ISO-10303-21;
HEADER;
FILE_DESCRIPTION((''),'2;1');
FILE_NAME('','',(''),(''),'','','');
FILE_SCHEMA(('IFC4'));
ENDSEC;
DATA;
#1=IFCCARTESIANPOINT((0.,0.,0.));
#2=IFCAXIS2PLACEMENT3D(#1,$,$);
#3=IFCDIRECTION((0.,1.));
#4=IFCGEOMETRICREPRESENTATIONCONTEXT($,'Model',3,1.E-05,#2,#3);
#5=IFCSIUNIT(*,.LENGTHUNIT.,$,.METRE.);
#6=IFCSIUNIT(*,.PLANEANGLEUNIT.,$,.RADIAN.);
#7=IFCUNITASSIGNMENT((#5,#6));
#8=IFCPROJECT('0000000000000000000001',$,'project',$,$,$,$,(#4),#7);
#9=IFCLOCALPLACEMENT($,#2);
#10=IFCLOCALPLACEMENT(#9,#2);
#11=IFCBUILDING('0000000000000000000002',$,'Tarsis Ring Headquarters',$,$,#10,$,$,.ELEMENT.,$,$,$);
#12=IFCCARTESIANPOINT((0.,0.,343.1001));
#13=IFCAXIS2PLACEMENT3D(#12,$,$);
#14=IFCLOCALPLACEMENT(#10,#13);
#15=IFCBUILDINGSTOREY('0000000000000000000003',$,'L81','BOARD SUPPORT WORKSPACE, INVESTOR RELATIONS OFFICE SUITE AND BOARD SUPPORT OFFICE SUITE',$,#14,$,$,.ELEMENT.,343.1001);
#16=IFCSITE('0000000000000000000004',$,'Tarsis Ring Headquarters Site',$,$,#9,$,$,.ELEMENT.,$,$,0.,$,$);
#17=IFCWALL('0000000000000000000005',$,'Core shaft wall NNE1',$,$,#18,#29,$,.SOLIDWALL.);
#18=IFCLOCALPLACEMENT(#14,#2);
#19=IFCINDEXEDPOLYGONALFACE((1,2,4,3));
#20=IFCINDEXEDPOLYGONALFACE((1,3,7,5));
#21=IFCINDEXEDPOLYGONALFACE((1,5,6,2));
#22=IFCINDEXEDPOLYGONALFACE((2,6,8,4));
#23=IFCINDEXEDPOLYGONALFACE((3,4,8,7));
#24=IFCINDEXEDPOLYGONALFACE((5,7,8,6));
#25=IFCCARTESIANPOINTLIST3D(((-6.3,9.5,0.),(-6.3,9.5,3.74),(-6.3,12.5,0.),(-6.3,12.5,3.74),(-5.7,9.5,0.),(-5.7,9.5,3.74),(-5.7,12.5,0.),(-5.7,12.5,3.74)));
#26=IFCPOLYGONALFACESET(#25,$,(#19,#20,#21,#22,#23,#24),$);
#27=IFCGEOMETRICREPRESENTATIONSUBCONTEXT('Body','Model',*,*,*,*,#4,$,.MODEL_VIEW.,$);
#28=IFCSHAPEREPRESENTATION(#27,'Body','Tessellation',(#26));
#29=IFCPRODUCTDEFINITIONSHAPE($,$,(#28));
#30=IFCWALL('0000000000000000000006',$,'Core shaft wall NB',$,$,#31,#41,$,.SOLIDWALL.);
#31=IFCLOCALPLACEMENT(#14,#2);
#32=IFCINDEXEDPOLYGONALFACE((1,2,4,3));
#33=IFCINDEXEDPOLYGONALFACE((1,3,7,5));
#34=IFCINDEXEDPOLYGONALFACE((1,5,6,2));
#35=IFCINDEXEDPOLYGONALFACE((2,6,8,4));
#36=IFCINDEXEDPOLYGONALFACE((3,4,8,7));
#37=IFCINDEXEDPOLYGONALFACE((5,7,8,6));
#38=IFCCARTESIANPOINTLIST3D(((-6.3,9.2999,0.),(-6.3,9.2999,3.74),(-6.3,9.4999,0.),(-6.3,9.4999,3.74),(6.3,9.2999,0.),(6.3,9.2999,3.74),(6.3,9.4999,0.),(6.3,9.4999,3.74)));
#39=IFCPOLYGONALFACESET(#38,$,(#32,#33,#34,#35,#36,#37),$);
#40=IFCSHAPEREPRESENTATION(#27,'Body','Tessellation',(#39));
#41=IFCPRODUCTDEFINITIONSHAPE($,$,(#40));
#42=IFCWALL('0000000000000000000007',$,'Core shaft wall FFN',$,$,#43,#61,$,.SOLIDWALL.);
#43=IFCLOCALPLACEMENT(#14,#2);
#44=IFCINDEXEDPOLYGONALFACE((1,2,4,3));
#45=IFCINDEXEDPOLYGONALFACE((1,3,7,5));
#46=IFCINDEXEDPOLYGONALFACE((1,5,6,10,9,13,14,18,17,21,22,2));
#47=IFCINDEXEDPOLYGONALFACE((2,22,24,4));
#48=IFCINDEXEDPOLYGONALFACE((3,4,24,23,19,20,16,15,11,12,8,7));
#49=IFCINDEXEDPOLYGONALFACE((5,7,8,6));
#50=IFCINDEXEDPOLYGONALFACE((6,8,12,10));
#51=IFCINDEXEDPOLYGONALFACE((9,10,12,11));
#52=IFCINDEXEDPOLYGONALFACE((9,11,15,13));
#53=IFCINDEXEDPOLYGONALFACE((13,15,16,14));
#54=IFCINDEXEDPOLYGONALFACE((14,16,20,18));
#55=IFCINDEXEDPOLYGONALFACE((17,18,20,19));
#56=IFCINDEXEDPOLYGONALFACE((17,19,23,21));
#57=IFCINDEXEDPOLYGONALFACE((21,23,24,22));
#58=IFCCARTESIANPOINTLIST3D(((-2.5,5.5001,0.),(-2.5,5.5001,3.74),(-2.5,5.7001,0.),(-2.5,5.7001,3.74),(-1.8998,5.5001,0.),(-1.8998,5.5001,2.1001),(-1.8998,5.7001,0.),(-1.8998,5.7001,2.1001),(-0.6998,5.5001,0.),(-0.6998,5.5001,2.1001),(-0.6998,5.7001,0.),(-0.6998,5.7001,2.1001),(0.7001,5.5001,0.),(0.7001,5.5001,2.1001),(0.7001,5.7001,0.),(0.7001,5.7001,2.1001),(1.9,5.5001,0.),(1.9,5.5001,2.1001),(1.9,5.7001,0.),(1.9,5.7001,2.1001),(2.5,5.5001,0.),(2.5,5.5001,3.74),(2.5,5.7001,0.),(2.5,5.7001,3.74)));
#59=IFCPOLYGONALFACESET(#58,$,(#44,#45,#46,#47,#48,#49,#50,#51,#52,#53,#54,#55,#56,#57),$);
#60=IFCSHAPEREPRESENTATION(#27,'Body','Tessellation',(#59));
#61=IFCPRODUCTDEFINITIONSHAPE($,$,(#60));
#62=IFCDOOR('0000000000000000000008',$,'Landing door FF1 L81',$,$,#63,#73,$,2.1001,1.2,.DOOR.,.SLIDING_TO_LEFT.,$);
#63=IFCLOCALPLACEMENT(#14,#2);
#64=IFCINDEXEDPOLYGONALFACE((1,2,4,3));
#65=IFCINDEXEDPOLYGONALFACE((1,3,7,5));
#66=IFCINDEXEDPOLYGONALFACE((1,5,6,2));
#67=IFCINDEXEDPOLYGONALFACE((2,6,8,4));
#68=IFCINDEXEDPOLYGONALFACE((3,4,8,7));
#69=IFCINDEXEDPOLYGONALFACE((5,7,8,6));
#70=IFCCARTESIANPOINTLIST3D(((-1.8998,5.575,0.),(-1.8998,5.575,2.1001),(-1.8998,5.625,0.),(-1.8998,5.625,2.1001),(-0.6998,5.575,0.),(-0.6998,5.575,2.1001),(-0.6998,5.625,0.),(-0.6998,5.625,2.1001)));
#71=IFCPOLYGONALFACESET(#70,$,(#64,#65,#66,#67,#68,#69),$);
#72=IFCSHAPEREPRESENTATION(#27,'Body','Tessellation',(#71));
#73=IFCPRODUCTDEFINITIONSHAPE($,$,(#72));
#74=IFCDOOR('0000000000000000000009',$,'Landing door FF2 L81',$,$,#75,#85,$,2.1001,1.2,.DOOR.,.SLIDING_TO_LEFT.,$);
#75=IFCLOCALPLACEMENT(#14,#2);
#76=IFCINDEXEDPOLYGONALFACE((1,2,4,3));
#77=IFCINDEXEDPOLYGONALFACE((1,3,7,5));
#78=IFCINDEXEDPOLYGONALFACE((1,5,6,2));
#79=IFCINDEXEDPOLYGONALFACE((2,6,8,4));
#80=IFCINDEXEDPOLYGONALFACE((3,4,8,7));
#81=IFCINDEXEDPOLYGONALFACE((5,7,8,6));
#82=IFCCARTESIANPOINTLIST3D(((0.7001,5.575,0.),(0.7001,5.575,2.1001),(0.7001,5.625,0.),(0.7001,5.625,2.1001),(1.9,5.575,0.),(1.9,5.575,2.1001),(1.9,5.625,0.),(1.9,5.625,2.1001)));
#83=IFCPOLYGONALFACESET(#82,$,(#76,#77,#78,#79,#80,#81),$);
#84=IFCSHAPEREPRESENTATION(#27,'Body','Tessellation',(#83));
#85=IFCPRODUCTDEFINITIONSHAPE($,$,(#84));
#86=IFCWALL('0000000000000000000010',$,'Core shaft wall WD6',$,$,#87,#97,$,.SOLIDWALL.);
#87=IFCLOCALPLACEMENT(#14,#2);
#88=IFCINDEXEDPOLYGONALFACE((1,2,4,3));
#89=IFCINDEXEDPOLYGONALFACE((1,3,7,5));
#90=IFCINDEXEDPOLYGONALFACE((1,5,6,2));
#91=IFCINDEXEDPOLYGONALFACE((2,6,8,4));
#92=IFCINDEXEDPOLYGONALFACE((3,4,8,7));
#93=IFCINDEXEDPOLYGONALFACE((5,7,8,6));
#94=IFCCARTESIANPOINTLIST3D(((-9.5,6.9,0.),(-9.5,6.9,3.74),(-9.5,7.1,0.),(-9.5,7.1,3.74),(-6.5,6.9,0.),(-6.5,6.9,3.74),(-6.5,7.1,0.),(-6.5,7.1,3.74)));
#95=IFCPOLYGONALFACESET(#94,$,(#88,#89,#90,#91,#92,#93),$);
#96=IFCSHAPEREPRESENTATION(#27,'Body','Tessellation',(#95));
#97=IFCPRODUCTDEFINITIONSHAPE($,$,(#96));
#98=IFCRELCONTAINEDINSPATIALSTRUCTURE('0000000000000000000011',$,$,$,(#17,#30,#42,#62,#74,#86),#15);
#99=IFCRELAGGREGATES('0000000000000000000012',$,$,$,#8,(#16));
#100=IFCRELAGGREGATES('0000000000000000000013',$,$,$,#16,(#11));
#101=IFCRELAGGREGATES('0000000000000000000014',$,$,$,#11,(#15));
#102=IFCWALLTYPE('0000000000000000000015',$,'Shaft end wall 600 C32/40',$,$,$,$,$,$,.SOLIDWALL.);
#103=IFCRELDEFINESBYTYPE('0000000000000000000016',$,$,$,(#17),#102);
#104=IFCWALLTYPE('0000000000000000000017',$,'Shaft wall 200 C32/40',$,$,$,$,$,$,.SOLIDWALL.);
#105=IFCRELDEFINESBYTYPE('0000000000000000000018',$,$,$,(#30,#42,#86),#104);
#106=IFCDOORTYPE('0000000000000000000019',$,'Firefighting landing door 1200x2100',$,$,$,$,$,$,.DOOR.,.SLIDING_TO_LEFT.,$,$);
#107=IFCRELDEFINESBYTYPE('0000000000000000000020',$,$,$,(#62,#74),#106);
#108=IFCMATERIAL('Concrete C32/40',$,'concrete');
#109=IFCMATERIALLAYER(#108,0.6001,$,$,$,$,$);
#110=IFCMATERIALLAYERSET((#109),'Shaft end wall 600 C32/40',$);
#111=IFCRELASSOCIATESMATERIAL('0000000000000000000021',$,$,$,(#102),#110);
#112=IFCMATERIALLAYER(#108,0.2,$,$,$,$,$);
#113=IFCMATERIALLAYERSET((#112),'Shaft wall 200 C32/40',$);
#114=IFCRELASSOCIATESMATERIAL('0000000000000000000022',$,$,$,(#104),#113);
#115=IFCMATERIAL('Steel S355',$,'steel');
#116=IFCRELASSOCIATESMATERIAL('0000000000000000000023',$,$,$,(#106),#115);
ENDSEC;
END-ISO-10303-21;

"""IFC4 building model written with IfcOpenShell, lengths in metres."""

from ifc_helpers import new_model, si_unit, direction, frame, frame_2d, origin, place, context, subcontext, project, spatial, rectangle, extrude, material, layer, layer_set, type_object, element, fill, save


model = new_model("IFC4")

# Units and contexts
model_context = context("Model", 3, precision=1e-05, world=origin(), true_north=direction((0.0, 1.0)))
body_context = subcontext(model_context, "Body", "Model", "MODEL_VIEW")
ifc_project = project(units=[si_unit("LENGTHUNIT", "METRE"), si_unit("PLANEANGLEUNIT", "RADIAN")], contexts=[model_context])

# Site, building, storey
site_placement = place(None, origin())
site = spatial("IfcSite", under=ifc_project, at=site_placement, Name="Tarsis Ring Headquarters Site", CompositionType="ELEMENT", RefElevation=0.0)
building_placement = place(site_placement, origin())
building = spatial("IfcBuilding", under=site, at=building_placement, Name="Tarsis Ring Headquarters", CompositionType="ELEMENT")
storey_placement = place(building_placement, frame((0.0, 0.0, 343.1001)))
storey = spatial("IfcBuildingStorey", under=building, at=storey_placement, Name="L81", Description="BOARD SUPPORT WORKSPACE, INVESTOR RELATIONS OFFICE SUITE AND BOARD SUPPORT OFFICE SUITE", CompositionType="ELEMENT", Elevation=343.1001)

# Shared definitions
ifc_material_1 = material(Name="Steel S355", Category="steel")

# Walls
ifc_material_2 = material(Name="Concrete C32/40", Category="concrete")
ifc_layer_1 = layer(ifc_material_2, 0.6001)
ifc_layer_set_1 = layer_set([ifc_layer_1], Name="Shaft end wall 600 C32/40")
wall_type_1 = type_object("IfcWallType", Name="Shaft end wall 600 C32/40", PredefinedType="SOLIDWALL", material=ifc_layer_set_1)
wall_1_placement = place(storey_placement, frame((-6.0, 9.5, 0.0), z_axis=(0.0, 0.0, 1.0), x_axis=(0.0, 1.0, 0.0)))
element("IfcWall", 1, at=wall_1_placement, inside=storey, type_object=wall_type_1, Name="Core shaft wall NNE1", PredefinedType="SOLIDWALL", context=body_context, shape_type="SweptSolid", body=[
    extrude(rectangle(XDim=3.0, YDim=0.6001, at=frame_2d((1.5, 0.0))), origin(), (0.0, 0.0, 1.0), 3.74),
])
ifc_layer_2 = layer(ifc_material_2, 0.2)
ifc_layer_set_2 = layer_set([ifc_layer_2], Name="Shaft wall 200 C32/40")
wall_type_2 = type_object("IfcWallType", Name="Shaft wall 200 C32/40", PredefinedType="SOLIDWALL", material=ifc_layer_set_2)
wall_2_placement = place(storey_placement, frame((-6.3, 9.3999, 0.0), z_axis=(0.0, 0.0, 1.0), x_axis=(1.0, 0.0, 0.0)))
element("IfcWall", 2, at=wall_2_placement, inside=storey, type_object=wall_type_2, Name="Core shaft wall NB", PredefinedType="SOLIDWALL", context=body_context, shape_type="SweptSolid", body=[
    extrude(rectangle(XDim=12.6001, YDim=0.2, at=frame_2d((6.3, 0.0))), origin(), (0.0, 0.0, 1.0), 3.74),
])

# Wall, openings, doors
wall_3_placement = place(storey_placement, frame((-2.5, 5.6001, 0.0), z_axis=(0.0, 0.0, 1.0), x_axis=(1.0, 0.0, 0.0)))
wall_3 = element("IfcWall", 3, at=wall_3_placement, inside=storey, type_object=wall_type_2, Name="Core shaft wall FFN", PredefinedType="SOLIDWALL", context=body_context, shape_type="SweptSolid", body=[
    extrude(rectangle(XDim=5.0, YDim=0.2, at=frame_2d((2.5, 0.0))), origin(), (0.0, 0.0, 1.0), 3.74),
])
opening_1_placement = place(wall_3_placement, frame((0.6001, 0.0, 0.0)))
opening_1 = element("IfcOpeningElement", 4, at=opening_1_placement, cuts=wall_3, PredefinedType="OPENING", context=body_context, shape_type="SweptSolid", body=[
    extrude(rectangle(XDim=1.2, YDim=2.1001, at=frame_2d((0.6001, 1.05))), frame((0.0, 0.1099, 0.0), z_axis=(0.0, -1.0, 0.0), x_axis=(1.0, 0.0, 0.0)), (0.0, 0.0, 1.0), 0.22),
])
opening_2_placement = place(wall_3_placement, frame((3.2, 0.0, 0.0)))
opening_2 = element("IfcOpeningElement", 5, at=opening_2_placement, cuts=wall_3, PredefinedType="OPENING", context=body_context, shape_type="SweptSolid", body=[
    extrude(rectangle(XDim=1.2, YDim=2.1001, at=frame_2d((0.6001, 1.05))), frame((0.0, 0.1099, 0.0), z_axis=(0.0, -1.0, 0.0), x_axis=(1.0, 0.0, 0.0)), (0.0, 0.0, 1.0), 0.22),
])
door_type_1 = type_object("IfcDoorType", Name="Firefighting landing door 1200x2100", OperationType="SLIDING_TO_LEFT", PredefinedType="DOOR", material=ifc_material_1)
door_1_placement = place(opening_1_placement, origin())
door_1 = element("IfcDoor", 6, at=door_1_placement, inside=storey, type_object=door_type_1, Name="Landing door FF1 L81", OperationType="SLIDING_TO_LEFT", OverallHeight=2.1001, OverallWidth=1.2, PredefinedType="DOOR", context=body_context, shape_type="SweptSolid", body=[
    extrude(rectangle(XDim=1.2, YDim=2.1001, at=frame_2d((0.6001, 1.05))), frame((0.0, 0.0249, 0.0), z_axis=(0.0, -1.0, 0.0), x_axis=(1.0, 0.0, 0.0)), (0.0, 0.0, 1.0), 0.05),
])
fill(opening_1, door_1)
door_2_placement = place(opening_2_placement, origin())
door_2 = element("IfcDoor", 7, at=door_2_placement, inside=storey, type_object=door_type_1, Name="Landing door FF2 L81", OperationType="SLIDING_TO_LEFT", OverallHeight=2.1001, OverallWidth=1.2, PredefinedType="DOOR", context=body_context, shape_type="SweptSolid", body=[
    extrude(rectangle(XDim=1.2, YDim=2.1001, at=frame_2d((0.6001, 1.05))), frame((0.0, 0.0249, 0.0), z_axis=(0.0, -1.0, 0.0), x_axis=(1.0, 0.0, 0.0)), (0.0, 0.0, 1.0), 0.05),
])
fill(opening_2, door_2)

# Wall
wall_4_placement = place(storey_placement, frame((-9.5, 7.0, 0.0), z_axis=(0.0, 0.0, 1.0), x_axis=(1.0, 0.0, 0.0)))
element("IfcWall", 8, at=wall_4_placement, inside=storey, type_object=wall_type_2, Name="Core shaft wall WD6", PredefinedType="SOLIDWALL", context=body_context, shape_type="SweptSolid", body=[
    extrude(rectangle(XDim=3.0, YDim=0.2, at=frame_2d((1.5, 0.0))), origin(), (0.0, 0.0, 1.0), 3.74),
])

save(model, "model.ifc")
